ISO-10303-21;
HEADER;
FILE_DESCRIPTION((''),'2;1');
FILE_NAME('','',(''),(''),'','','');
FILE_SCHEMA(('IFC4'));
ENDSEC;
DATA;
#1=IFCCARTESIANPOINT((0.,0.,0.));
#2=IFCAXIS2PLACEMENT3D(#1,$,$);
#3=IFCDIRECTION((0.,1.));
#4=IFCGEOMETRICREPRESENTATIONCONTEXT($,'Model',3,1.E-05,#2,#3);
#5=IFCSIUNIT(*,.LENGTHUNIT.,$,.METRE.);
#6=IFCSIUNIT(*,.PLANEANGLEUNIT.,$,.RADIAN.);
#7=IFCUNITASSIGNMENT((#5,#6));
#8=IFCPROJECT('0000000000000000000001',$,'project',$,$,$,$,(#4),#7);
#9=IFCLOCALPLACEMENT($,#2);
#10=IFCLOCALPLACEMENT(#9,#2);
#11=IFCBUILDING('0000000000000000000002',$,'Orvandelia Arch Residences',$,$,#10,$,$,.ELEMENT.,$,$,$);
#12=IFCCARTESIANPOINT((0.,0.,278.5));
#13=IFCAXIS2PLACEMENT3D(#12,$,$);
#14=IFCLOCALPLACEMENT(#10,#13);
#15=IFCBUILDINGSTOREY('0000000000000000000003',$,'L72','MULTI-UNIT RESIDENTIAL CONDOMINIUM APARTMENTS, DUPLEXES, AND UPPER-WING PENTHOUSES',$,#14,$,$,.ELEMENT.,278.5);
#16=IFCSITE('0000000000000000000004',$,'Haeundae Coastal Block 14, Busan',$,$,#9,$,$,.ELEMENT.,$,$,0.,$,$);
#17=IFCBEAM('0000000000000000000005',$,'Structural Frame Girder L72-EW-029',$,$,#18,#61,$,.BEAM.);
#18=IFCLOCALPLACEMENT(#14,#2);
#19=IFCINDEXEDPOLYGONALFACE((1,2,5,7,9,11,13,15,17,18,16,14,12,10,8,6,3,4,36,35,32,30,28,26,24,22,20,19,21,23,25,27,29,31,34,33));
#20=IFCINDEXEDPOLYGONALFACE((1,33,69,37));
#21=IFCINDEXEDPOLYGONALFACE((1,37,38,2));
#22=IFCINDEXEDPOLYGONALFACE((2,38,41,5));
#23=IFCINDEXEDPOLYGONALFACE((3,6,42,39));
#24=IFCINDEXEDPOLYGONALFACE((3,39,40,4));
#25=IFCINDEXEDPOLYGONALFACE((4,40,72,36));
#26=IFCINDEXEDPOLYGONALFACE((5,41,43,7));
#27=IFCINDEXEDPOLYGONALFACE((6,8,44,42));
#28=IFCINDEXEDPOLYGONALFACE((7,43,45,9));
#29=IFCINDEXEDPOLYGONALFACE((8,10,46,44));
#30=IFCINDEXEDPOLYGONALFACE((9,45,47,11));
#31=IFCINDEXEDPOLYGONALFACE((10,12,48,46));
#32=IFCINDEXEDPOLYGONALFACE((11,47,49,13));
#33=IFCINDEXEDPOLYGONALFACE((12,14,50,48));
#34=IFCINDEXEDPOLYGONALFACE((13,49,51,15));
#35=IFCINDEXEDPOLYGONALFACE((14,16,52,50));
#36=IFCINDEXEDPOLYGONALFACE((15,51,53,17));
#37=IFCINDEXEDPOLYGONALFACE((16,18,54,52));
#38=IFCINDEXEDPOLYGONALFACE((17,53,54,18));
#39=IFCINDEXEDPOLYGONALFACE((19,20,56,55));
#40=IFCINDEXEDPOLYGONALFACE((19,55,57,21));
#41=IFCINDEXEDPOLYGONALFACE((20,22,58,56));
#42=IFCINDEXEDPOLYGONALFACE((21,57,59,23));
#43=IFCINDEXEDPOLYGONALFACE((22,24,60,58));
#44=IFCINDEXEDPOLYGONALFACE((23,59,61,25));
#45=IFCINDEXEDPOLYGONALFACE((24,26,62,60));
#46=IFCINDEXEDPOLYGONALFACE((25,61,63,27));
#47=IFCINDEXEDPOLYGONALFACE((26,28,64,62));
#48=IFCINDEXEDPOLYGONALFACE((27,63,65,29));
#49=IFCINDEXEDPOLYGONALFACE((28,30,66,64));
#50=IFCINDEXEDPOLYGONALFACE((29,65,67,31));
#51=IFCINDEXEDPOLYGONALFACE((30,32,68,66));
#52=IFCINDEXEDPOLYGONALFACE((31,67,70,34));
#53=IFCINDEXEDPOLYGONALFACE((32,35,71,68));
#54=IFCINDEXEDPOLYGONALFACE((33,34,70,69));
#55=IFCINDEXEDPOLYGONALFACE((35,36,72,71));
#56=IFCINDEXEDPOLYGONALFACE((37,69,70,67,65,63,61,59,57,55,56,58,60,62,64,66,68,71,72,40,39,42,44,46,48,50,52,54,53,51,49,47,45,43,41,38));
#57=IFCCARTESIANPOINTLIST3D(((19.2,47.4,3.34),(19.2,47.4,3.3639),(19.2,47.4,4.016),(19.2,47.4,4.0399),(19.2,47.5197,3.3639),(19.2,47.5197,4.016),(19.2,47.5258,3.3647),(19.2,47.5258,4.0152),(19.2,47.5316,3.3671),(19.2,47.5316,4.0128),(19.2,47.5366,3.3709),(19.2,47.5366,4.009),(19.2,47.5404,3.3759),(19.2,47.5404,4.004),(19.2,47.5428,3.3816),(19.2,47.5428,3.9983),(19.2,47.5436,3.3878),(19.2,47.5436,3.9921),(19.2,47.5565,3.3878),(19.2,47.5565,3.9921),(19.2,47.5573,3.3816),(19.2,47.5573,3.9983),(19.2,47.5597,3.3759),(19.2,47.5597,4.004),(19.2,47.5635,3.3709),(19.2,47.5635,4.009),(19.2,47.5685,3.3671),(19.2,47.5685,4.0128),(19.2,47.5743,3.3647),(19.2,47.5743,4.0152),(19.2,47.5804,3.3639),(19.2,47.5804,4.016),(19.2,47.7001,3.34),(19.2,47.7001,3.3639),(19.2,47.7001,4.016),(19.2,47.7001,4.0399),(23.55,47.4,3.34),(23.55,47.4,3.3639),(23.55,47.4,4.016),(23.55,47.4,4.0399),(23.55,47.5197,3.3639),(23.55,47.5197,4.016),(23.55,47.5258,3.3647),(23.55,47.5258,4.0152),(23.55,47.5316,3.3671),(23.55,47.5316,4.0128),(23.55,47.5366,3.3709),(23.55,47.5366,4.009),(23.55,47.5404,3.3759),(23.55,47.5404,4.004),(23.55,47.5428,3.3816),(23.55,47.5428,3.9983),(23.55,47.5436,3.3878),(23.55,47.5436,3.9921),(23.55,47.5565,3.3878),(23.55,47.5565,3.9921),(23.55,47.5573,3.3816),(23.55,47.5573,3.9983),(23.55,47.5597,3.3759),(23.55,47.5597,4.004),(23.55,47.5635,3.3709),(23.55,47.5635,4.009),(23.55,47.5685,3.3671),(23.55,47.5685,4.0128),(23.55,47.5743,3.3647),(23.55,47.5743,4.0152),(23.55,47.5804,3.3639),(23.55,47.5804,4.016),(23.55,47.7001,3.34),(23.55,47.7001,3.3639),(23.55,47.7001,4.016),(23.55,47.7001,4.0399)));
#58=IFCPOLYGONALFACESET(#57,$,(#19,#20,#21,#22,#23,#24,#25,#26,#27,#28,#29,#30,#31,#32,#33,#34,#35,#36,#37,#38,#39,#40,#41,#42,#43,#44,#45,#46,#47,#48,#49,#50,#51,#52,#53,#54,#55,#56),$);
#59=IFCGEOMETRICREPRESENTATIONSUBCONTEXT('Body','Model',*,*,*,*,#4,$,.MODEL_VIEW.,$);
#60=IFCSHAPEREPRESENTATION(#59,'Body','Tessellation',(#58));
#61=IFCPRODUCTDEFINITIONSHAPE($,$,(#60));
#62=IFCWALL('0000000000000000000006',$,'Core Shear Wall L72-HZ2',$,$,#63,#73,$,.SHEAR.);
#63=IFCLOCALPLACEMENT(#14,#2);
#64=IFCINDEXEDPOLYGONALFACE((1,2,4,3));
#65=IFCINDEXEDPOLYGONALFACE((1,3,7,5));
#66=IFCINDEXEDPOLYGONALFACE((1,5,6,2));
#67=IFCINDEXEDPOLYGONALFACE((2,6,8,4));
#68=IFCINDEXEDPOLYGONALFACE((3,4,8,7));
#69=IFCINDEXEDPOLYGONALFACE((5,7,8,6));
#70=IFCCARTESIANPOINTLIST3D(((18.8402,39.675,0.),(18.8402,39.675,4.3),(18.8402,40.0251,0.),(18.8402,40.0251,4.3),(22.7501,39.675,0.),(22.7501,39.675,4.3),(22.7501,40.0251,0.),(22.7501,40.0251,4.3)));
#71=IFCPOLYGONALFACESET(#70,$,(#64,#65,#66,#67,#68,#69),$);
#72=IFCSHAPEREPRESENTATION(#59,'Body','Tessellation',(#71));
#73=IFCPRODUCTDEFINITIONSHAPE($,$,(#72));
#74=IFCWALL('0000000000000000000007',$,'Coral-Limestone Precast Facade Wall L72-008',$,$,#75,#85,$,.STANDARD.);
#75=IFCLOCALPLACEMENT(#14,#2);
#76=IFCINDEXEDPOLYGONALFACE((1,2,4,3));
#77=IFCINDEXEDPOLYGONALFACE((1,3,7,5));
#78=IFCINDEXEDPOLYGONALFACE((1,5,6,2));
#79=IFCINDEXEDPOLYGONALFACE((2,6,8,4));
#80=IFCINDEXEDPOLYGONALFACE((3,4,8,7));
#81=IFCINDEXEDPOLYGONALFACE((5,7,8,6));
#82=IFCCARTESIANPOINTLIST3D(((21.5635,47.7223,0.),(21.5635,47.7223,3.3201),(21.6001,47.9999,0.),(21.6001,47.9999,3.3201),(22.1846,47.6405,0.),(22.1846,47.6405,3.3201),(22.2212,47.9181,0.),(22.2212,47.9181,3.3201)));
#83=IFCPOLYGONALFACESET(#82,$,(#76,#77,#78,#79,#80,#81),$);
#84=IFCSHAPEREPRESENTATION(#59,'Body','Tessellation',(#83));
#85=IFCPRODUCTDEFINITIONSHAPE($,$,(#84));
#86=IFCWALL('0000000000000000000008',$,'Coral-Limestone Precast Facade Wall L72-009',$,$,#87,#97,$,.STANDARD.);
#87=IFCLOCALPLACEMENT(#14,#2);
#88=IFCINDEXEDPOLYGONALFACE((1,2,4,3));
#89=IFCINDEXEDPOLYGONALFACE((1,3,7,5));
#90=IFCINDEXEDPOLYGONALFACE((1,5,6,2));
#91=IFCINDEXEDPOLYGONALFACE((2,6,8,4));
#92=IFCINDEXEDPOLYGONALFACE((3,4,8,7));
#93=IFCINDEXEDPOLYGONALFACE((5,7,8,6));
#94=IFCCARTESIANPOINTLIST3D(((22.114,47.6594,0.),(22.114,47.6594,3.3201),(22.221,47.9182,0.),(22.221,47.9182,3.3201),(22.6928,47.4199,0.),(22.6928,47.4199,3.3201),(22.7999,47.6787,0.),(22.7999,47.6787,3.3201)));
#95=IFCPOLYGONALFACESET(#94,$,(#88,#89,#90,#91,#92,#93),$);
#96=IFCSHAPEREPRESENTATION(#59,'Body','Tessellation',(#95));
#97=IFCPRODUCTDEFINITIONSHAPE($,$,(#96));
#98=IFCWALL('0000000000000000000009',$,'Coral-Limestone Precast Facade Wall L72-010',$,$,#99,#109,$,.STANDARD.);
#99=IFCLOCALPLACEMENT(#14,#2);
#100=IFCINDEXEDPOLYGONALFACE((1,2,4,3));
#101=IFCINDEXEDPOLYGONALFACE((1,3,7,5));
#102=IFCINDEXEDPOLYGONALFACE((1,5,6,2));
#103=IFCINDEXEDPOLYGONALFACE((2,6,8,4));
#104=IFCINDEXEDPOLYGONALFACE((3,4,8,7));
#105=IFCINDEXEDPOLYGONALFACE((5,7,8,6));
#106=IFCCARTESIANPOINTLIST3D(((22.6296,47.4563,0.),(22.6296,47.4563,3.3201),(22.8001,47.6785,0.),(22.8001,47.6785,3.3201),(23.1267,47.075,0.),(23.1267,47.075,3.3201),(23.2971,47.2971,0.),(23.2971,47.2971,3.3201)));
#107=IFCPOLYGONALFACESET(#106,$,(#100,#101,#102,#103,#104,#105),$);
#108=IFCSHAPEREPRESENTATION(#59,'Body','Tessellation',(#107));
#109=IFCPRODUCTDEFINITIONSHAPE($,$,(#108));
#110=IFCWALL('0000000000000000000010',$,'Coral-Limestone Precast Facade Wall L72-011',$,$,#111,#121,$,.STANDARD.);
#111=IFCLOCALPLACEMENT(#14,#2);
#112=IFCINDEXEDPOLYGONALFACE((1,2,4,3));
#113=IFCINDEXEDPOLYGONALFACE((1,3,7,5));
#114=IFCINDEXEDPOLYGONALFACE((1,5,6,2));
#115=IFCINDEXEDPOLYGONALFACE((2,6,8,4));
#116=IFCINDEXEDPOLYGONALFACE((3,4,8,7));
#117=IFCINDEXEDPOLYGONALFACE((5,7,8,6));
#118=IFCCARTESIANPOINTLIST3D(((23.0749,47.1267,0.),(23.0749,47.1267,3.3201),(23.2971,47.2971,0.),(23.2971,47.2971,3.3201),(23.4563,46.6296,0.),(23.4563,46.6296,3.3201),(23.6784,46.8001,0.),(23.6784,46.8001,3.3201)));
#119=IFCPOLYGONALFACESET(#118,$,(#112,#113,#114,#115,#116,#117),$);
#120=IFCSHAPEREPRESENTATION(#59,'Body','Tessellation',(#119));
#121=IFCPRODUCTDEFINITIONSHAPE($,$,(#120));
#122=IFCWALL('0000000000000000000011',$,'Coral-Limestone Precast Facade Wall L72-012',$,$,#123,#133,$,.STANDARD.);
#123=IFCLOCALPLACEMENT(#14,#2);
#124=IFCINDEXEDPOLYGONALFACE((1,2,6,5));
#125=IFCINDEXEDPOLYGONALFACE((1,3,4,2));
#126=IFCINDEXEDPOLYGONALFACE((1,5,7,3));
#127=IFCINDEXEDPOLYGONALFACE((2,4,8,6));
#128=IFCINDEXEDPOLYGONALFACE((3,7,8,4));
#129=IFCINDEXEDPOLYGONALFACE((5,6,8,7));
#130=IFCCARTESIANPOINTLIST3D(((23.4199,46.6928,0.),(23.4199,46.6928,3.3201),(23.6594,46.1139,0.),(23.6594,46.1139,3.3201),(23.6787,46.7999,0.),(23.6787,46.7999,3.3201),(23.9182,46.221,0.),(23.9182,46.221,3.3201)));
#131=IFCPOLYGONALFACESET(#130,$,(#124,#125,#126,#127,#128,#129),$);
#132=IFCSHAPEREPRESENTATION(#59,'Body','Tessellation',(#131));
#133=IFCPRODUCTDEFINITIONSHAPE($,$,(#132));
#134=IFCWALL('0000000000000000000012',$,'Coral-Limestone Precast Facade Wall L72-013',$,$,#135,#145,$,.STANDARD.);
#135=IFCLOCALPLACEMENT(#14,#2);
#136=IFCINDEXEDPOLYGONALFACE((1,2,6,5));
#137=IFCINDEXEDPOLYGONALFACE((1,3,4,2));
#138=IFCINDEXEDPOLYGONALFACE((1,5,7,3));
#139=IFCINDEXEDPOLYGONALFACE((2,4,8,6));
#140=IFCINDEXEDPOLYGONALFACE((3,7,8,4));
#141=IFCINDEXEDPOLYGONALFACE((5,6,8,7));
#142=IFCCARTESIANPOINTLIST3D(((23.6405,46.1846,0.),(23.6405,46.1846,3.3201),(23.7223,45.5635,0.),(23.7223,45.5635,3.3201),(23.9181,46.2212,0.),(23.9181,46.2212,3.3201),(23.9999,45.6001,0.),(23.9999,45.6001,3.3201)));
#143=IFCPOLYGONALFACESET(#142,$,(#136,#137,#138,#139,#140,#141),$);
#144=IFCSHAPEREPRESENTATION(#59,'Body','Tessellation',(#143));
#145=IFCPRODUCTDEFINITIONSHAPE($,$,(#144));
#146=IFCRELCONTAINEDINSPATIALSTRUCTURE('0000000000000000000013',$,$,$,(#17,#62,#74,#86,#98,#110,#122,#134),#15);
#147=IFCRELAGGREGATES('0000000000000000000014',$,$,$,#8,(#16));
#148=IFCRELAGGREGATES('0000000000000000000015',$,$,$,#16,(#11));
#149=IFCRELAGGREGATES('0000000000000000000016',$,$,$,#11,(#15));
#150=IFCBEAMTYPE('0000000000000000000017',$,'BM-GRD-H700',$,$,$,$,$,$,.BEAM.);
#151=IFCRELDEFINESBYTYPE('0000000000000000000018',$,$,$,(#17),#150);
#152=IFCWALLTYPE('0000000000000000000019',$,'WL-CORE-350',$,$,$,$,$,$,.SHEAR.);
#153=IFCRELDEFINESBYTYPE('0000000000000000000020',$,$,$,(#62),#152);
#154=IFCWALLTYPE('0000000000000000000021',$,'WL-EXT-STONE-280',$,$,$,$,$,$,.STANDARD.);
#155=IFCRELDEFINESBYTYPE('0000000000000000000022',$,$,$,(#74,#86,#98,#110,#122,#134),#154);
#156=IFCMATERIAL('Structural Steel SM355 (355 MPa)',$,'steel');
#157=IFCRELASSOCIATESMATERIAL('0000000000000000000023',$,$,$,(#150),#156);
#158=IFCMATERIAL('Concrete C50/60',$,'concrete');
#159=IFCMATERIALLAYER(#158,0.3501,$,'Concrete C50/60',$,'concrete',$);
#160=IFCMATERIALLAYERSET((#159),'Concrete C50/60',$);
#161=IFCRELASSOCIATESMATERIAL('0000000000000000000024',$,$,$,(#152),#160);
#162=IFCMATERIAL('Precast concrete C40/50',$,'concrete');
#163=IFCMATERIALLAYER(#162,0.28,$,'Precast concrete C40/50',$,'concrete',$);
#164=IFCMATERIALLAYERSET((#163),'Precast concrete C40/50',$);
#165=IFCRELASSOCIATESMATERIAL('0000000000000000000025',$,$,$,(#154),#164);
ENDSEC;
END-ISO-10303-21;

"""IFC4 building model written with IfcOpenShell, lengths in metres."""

from ifc_helpers import new_model, si_unit, direction, frame, frame_2d, origin, origin_2d, place, context, subcontext, project, spatial, rectangle, i_section, extrude, material, layer, layer_set, material_profile, profile_set, type_object, element, save


model = new_model("IFC4")

# Units and contexts
model_context = context("Model", 3, precision=1e-05, world=origin(), true_north=direction((0.0, 1.0)))
body_context = subcontext(model_context, "Body", "Model", "MODEL_VIEW")
ifc_project = project(units=[si_unit("LENGTHUNIT", "METRE"), si_unit("PLANEANGLEUNIT", "RADIAN")], contexts=[model_context])

# Site, building, storey
site_placement = place(None, origin())
site = spatial("IfcSite", under=ifc_project, at=site_placement, Name="Haeundae Coastal Block 14, Busan", CompositionType="ELEMENT", RefElevation=0.0)
building_placement = place(site_placement, origin())
building = spatial("IfcBuilding", under=site, at=building_placement, Name="Orvandelia Arch Residences", CompositionType="ELEMENT")
storey_placement = place(building_placement, frame((0.0, 0.0, 278.5)))
storey = spatial("IfcBuildingStorey", under=building, at=storey_placement, Name="L72", Description="MULTI-UNIT RESIDENTIAL CONDOMINIUM APARTMENTS, DUPLEXES, AND UPPER-WING PENTHOUSES", CompositionType="ELEMENT", Elevation=278.5)

# Shared definitions
ifc_material_1 = material(Name="Concrete C50/60", Category="concrete")

# Beam
ifc_material_2 = material(Name="Structural Steel SM355 (355 MPa)", Category="steel")
ifc_material_profile_1 = material_profile(ifc_material_2, i_section(OverallWidth=0.3, OverallDepth=0.7, WebThickness=0.0129, FlangeThickness=0.0239, FilletRadius=0.0239, at=origin_2d()), Name="Structural Steel SM355 (355 MPa)", Category="steel")
ifc_profile_set_1 = profile_set([ifc_material_profile_1], Name="Structural Steel SM355 (355 MPa)")
beam_type = type_object("IfcBeamType", Name="BM-GRD-H700", PredefinedType="BEAM", material=ifc_profile_set_1)
beam_1_placement = place(storey_placement, frame((19.2, 47.55, 3.6899), z_axis=(1.0, 0.0, 0.0), x_axis=(0.0, 1.0, 0.0)))
element("IfcBeam", 1, at=beam_1_placement, inside=storey, type_object=beam_type, Name="Structural Frame Girder L72-EW-029", PredefinedType="BEAM", context=body_context, shape_type="SweptSolid", body=[
    extrude(i_section(OverallWidth=0.3, OverallDepth=0.7, WebThickness=0.0129, FlangeThickness=0.0239, FilletRadius=0.0239, at=origin_2d()), origin(), (0.0, 0.0, 1.0), 4.3501),
])

# Walls
ifc_layer_1 = layer(ifc_material_1, 0.3501, Name="Concrete C50/60", Category="concrete")
ifc_layer_set_1 = layer_set([ifc_layer_1], Name="Concrete C50/60")
wall_type_1 = type_object("IfcWallType", Name="WL-CORE-350", PredefinedType="SHEAR", material=ifc_layer_set_1)
wall_1_placement = place(storey_placement, frame((18.8401, 39.8501, 0.0), z_axis=(0.0, 0.0, 1.0), x_axis=(1.0, 0.0, 0.0)))
element("IfcWall", 2, at=wall_1_placement, inside=storey, type_object=wall_type_1, Name="Core Shear Wall L72-HZ2", PredefinedType="SHEAR", context=body_context, shape_type="SweptSolid", body=[
    extrude(rectangle(XDim=3.9099, YDim=0.3501, at=frame_2d((1.9551, 0.0))), origin(), (0.0, 0.0, 1.0), 4.3),
])
ifc_material_3 = material(Name="Precast concrete C40/50", Category="concrete")
ifc_layer_2 = layer(ifc_material_3, 0.28, Name="Precast concrete C40/50", Category="concrete")
ifc_layer_set_2 = layer_set([ifc_layer_2], Name="Precast concrete C40/50")
wall_type_2 = type_object("IfcWallType", Name="WL-EXT-STONE-280", PredefinedType="STANDARD", material=ifc_layer_set_2)
for number, where, z_axis, x_axis, name in (
    (3, (21.5818, 47.8611, 0.0), (0.0, 0.0, 1.0), (0.991441, -0.130555, 0.0), "Coral-Limestone Precast Facade Wall L72-008"),
    (4, (22.1675, 47.7888, 0.0), (0.0, 0.0, 1.0), (0.924031, -0.382317, 0.0), "Coral-Limestone Precast Facade Wall L72-009"),
    (5, (22.7148, 47.5674, 0.0), (0.0, 0.0, 1.0), (0.793406, -0.608693, 0.0), "Coral-Limestone Precast Facade Wall L72-010"),
    (6, (23.186, 47.2119, 0.0), (0.0, 0.0, 1.0), (0.608693, -0.793406, 0.0), "Coral-Limestone Precast Facade Wall L72-011"),
    (7, (23.5493, 46.7463, 0.0), (0.0, 0.0, 1.0), (0.382317, -0.924031, 0.0), "Coral-Limestone Precast Facade Wall L72-012"),
    (8, (23.7793, 46.2029, 0.0), (0.0, 0.0, 1.0), (0.130555, -0.991441, 0.0), "Coral-Limestone Precast Facade Wall L72-013"),
):
    element("IfcWall", number, at=place(storey_placement, frame(where, z_axis=z_axis, x_axis=x_axis)), inside=storey, type_object=wall_type_2, Name=name, PredefinedType="STANDARD", context=body_context, shape_type="SweptSolid", body=[
        extrude(rectangle(XDim=0.6265, YDim=0.28, at=frame_2d((0.3132, 0.0))), origin(), (0.0, 0.0, 1.0), 3.3201),
    ])

save(model, "model.ifc")
